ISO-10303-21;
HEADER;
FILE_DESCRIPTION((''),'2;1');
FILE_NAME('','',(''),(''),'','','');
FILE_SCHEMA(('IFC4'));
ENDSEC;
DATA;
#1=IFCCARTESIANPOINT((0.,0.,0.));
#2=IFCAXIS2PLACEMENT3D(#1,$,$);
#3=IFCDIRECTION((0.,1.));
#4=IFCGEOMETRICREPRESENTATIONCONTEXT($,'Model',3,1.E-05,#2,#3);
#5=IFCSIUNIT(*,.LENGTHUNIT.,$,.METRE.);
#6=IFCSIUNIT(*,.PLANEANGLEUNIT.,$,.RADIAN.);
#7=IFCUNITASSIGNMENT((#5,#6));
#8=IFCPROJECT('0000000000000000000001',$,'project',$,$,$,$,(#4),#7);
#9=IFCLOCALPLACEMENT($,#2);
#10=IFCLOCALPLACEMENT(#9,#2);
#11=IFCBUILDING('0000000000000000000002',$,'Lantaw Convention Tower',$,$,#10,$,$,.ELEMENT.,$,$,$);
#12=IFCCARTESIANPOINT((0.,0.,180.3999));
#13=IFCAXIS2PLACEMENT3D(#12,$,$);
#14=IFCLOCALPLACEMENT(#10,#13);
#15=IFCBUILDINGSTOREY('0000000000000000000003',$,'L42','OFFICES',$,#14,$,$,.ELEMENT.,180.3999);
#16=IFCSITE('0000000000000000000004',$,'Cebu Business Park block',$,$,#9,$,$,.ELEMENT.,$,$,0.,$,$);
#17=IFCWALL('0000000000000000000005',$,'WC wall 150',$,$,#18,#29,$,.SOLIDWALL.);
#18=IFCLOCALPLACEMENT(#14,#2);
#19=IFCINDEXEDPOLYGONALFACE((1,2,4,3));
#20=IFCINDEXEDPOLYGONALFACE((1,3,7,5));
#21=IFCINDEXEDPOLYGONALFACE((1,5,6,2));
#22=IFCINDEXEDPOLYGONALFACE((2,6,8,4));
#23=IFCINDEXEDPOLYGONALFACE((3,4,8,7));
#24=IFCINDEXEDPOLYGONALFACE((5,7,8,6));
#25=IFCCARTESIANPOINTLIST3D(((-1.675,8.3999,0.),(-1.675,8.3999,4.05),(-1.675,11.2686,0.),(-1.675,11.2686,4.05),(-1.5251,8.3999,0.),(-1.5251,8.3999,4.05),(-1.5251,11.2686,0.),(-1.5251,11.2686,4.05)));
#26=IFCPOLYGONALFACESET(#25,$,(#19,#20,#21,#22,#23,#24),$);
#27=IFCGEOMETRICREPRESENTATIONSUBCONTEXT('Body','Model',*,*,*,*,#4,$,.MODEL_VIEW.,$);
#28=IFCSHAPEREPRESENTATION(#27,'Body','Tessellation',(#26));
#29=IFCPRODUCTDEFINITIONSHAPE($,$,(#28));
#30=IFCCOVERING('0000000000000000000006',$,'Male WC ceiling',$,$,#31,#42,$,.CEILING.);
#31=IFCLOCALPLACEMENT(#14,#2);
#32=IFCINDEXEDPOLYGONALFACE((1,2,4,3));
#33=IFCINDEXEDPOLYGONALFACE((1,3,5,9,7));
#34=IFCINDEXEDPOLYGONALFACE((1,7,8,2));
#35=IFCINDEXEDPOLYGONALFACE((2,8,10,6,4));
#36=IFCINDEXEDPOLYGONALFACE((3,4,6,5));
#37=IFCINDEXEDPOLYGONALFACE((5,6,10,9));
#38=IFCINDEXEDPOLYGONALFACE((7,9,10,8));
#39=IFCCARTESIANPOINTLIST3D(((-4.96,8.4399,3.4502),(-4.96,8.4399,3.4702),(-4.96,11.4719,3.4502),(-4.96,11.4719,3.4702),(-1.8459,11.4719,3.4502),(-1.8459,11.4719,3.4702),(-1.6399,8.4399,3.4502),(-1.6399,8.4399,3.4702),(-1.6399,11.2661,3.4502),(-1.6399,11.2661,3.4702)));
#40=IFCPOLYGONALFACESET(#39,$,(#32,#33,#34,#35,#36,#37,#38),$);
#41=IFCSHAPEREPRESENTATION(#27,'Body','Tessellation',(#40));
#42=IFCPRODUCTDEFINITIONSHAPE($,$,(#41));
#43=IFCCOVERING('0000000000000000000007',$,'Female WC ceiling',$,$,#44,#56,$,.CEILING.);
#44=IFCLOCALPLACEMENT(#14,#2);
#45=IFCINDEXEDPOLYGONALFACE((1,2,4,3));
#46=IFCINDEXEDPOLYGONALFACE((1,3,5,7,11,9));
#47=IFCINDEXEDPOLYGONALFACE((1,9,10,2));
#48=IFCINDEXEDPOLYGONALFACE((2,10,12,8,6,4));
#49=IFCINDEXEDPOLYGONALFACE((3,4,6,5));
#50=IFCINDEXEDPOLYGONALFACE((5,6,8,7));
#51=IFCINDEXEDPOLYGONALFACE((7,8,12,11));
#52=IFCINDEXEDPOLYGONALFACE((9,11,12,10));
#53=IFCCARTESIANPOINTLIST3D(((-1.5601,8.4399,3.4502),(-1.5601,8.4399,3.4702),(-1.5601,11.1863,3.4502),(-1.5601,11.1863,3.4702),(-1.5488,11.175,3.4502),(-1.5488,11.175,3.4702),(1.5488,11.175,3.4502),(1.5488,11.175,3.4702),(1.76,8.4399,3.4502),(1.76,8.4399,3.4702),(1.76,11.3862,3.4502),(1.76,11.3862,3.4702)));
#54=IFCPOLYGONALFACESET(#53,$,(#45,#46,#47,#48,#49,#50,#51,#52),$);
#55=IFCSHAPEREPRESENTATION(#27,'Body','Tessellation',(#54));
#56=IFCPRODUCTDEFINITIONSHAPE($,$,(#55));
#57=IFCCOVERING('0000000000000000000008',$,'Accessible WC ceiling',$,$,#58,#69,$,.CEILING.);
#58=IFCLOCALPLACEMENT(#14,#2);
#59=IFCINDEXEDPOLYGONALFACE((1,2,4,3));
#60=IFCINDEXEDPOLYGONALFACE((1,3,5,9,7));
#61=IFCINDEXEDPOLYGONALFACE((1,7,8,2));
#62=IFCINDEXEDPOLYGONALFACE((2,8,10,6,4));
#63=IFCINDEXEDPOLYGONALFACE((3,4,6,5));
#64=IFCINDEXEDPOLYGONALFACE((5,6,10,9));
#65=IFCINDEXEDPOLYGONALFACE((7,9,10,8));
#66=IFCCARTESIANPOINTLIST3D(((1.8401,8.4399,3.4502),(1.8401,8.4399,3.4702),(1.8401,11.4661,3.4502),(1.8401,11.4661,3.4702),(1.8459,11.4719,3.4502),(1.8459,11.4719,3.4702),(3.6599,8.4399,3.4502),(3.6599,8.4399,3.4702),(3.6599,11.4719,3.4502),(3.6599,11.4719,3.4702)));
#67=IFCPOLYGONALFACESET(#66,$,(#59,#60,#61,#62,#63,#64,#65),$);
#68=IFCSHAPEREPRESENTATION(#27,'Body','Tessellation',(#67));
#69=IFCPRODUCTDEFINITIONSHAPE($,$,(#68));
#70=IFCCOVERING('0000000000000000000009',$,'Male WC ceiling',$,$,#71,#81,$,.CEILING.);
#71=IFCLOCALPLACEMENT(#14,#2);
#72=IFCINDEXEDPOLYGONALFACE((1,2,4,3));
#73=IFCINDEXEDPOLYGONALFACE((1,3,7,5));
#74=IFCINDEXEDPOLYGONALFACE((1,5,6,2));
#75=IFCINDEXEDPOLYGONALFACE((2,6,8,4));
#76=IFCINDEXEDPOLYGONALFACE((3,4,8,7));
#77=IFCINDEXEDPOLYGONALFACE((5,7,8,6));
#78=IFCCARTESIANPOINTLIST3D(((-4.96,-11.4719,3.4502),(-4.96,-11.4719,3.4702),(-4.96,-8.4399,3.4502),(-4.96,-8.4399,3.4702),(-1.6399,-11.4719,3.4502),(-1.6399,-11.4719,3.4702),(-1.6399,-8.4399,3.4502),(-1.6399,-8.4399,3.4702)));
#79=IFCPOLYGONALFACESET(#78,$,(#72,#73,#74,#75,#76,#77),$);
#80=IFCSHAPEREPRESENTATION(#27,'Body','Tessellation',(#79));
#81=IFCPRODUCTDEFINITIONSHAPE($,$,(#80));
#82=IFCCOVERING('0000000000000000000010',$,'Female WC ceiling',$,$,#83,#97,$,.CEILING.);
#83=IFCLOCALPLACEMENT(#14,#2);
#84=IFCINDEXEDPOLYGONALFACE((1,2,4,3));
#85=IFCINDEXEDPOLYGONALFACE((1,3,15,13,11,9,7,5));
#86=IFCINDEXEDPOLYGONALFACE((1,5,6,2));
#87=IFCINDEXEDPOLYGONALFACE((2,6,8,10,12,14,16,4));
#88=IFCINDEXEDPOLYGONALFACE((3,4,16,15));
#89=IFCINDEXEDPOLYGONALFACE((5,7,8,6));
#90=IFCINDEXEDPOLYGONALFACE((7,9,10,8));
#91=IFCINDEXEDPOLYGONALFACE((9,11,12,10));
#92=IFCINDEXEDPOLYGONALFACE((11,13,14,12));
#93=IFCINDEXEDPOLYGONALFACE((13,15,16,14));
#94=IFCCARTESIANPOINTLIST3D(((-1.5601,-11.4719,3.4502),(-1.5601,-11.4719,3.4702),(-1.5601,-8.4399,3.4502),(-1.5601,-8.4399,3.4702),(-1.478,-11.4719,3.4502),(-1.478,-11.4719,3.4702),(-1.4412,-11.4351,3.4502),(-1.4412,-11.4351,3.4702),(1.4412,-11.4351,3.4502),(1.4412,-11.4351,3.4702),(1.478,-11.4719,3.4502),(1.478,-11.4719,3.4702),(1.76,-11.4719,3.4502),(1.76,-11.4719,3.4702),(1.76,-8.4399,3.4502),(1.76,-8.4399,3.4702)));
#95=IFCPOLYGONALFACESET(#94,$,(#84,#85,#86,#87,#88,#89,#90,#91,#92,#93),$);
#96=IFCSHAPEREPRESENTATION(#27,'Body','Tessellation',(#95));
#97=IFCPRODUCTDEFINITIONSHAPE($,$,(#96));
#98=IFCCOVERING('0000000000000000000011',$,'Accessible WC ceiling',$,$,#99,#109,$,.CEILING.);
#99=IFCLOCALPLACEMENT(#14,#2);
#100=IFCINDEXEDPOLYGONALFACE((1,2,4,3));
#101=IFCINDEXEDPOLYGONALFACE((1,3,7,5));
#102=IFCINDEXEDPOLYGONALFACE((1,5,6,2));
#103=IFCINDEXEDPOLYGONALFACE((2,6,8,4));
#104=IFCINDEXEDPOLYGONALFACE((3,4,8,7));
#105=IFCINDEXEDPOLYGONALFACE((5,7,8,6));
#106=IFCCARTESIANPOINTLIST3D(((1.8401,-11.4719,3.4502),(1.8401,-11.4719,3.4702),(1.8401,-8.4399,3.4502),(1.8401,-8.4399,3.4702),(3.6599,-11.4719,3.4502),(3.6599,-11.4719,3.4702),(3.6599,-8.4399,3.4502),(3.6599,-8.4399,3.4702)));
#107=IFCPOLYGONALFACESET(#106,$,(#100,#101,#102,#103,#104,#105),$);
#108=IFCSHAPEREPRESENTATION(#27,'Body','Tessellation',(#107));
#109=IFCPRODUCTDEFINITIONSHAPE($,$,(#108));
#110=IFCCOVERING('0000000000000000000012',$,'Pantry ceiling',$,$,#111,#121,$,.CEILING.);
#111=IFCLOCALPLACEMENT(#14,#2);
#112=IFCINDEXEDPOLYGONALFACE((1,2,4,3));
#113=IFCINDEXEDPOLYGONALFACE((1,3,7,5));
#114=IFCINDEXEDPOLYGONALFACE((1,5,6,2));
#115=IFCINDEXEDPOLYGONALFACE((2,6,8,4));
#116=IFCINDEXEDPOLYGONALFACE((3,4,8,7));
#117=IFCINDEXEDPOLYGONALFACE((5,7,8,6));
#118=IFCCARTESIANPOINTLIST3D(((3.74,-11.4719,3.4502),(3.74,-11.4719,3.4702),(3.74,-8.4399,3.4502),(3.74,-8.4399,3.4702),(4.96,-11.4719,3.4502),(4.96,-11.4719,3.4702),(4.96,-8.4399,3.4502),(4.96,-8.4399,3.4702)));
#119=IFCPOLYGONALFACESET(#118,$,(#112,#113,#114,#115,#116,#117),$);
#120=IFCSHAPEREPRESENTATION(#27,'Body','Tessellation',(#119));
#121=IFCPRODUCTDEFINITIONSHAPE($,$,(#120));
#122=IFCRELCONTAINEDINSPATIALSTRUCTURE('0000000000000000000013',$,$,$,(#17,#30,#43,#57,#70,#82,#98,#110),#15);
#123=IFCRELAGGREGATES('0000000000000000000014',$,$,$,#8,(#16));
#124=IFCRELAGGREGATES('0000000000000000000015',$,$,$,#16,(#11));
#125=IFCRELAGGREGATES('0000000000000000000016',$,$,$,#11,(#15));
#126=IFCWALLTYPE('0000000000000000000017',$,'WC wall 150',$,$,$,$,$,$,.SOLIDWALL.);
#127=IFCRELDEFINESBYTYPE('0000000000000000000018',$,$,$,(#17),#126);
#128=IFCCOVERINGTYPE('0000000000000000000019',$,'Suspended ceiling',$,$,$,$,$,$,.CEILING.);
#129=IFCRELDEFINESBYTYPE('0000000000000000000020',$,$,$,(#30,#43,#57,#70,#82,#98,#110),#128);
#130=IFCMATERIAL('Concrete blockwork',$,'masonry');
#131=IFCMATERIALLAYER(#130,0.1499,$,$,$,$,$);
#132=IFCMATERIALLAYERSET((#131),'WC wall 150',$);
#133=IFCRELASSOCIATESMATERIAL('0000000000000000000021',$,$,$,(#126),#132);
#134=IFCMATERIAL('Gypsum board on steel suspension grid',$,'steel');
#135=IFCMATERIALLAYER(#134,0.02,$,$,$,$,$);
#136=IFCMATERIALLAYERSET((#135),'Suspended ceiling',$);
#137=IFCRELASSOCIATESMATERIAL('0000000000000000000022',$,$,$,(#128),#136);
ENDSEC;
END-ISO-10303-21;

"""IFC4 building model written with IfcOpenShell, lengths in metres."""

from ifc_helpers import new_model, si_unit, direction, frame, frame_2d, origin, place, context, subcontext, project, spatial, polyline, rectangle, outline, extrude, material, layer, layer_set, type_object, element, save


model = new_model("IFC4")

# Units and contexts
model_context = context("Model", 3, precision=1e-05, world=origin(), true_north=direction((0.0, 1.0)))
body_context = subcontext(model_context, "Body", "Model", "MODEL_VIEW")
ifc_project = project(units=[si_unit("LENGTHUNIT", "METRE"), si_unit("PLANEANGLEUNIT", "RADIAN")], contexts=[model_context])

# Site, building, storey
site_placement = place(None, origin())
site = spatial("IfcSite", under=ifc_project, at=site_placement, Name="Cebu Business Park block", CompositionType="ELEMENT", RefElevation=0.0)
building_placement = place(site_placement, origin())
building = spatial("IfcBuilding", under=site, at=building_placement, Name="Lantaw Convention Tower", CompositionType="ELEMENT")
storey_placement = place(building_placement, frame((0.0, 0.0, 180.3999)))
storey = spatial("IfcBuildingStorey", under=building, at=storey_placement, Name="L42", Description="OFFICES", CompositionType="ELEMENT", Elevation=180.3999)

# Shared definitions
ifc_material_1 = material(Name="Concrete blockwork", Category="masonry")
ifc_layer_1 = layer(ifc_material_1, 0.1499)
ifc_layer_set_1 = layer_set([ifc_layer_1], Name="WC wall 150")
wall_type_1 = type_object("IfcWallType", Name="WC wall 150", PredefinedType="SOLIDWALL", material=ifc_layer_set_1)

# Wall
wall_1_placement = place(storey_placement, frame((-1.6001, 8.3999, 0.0), z_axis=(0.0, 0.0, 1.0), x_axis=(0.0, 1.0, 0.0)))
element("IfcWall", 1, at=wall_1_placement, inside=storey, type_object=wall_type_1, Name="WC wall 150", PredefinedType="SOLIDWALL", context=body_context, shape_type="SweptSolid", body=[
    extrude(rectangle(XDim=2.8687, YDim=0.1499, at=frame_2d((1.4343, 0.0))), origin(), (0.0, 0.0, 1.0), 4.05),
])

# Coverings
ifc_material_2 = material(Name="Gypsum board on steel suspension grid", Category="steel")
ifc_layer_2 = layer(ifc_material_2, 0.02)
ifc_layer_set_2 = layer_set([ifc_layer_2], Name="Suspended ceiling")
covering_type = type_object("IfcCoveringType", Name="Suspended ceiling", PredefinedType="CEILING", material=ifc_layer_set_2)
covering_1_placement = place(storey_placement, frame((0.0, 0.0, 3.4502)))
element("IfcCovering", 2, at=covering_1_placement, inside=storey, type_object=covering_type, Name="Male WC ceiling", PredefinedType="CEILING", context=body_context, shape_type="SweptSolid", body=[
    extrude(outline(polyline([(-4.96, 11.4719), (-4.96, 8.4399), (-1.6399, 8.4399), (-1.6399, 11.2661), (-1.8459, 11.4719), (-4.96, 11.4719)])), origin(), (0.0, 0.0, 1.0), 0.02),
])
covering_2_placement = place(storey_placement, frame((0.0, 0.0, 3.4502)))
element("IfcCovering", 3, at=covering_2_placement, inside=storey, type_object=covering_type, Name="Female WC ceiling", PredefinedType="CEILING", context=body_context, shape_type="SweptSolid", body=[
    extrude(outline(polyline([(-1.5601, 11.1863), (-1.5601, 8.4399), (1.76, 8.4399), (1.76, 11.3862), (1.5488, 11.175), (-1.5488, 11.175), (-1.5601, 11.1863)])), origin(), (0.0, 0.0, 1.0), 0.02),
])
covering_3_placement = place(storey_placement, frame((0.0, 0.0, 3.4502)))
element("IfcCovering", 4, at=covering_3_placement, inside=storey, type_object=covering_type, Name="Accessible WC ceiling", PredefinedType="CEILING", context=body_context, shape_type="SweptSolid", body=[
    extrude(outline(polyline([(1.8401, 11.4661), (1.8401, 8.4399), (3.6599, 8.4399), (3.6599, 11.4719), (1.8459, 11.4719), (1.8401, 11.4661)])), origin(), (0.0, 0.0, 1.0), 0.02),
])
covering_4_placement = place(storey_placement, frame((0.0, 0.0, 3.4502)))
element("IfcCovering", 5, at=covering_4_placement, inside=storey, type_object=covering_type, Name="Male WC ceiling", PredefinedType="CEILING", context=body_context, shape_type="SweptSolid", body=[
    extrude(outline(polyline([(-4.96, -11.4719), (-1.6399, -11.4719), (-1.6399, -8.4399), (-4.96, -8.4399), (-4.96, -11.4719)])), origin(), (0.0, 0.0, 1.0), 0.02),
])
covering_5_placement = place(storey_placement, frame((0.0, 0.0, 3.4502)))
element("IfcCovering", 6, at=covering_5_placement, inside=storey, type_object=covering_type, Name="Female WC ceiling", PredefinedType="CEILING", context=body_context, shape_type="SweptSolid", body=[
    extrude(outline(polyline([(-1.5601, -8.4399), (-1.5601, -11.4719), (-1.478, -11.4719), (-1.4412, -11.4351), (1.4412, -11.4351), (1.478, -11.4719), (1.76, -11.4719), (1.76, -8.4399), (-1.5601, -8.4399)])), origin(), (0.0, 0.0, 1.0), 0.02),
])
covering_6_placement = place(storey_placement, frame((0.0, 0.0, 3.4502)))
element("IfcCovering", 7, at=covering_6_placement, inside=storey, type_object=covering_type, Name="Accessible WC ceiling", PredefinedType="CEILING", context=body_context, shape_type="SweptSolid", body=[
    extrude(outline(polyline([(1.8401, -11.4719), (3.6599, -11.4719), (3.6599, -8.4399), (1.8401, -8.4399), (1.8401, -11.4719)])), origin(), (0.0, 0.0, 1.0), 0.02),
])
covering_7_placement = place(storey_placement, frame((0.0, 0.0, 3.4502)))
element("IfcCovering", 8, at=covering_7_placement, inside=storey, type_object=covering_type, Name="Pantry ceiling", PredefinedType="CEILING", context=body_context, shape_type="SweptSolid", body=[
    extrude(outline(polyline([(3.74, -11.4719), (4.96, -11.4719), (4.96, -8.4399), (3.74, -8.4399), (3.74, -11.4719)])), origin(), (0.0, 0.0, 1.0), 0.02),
])

save(model, "model.ifc")
